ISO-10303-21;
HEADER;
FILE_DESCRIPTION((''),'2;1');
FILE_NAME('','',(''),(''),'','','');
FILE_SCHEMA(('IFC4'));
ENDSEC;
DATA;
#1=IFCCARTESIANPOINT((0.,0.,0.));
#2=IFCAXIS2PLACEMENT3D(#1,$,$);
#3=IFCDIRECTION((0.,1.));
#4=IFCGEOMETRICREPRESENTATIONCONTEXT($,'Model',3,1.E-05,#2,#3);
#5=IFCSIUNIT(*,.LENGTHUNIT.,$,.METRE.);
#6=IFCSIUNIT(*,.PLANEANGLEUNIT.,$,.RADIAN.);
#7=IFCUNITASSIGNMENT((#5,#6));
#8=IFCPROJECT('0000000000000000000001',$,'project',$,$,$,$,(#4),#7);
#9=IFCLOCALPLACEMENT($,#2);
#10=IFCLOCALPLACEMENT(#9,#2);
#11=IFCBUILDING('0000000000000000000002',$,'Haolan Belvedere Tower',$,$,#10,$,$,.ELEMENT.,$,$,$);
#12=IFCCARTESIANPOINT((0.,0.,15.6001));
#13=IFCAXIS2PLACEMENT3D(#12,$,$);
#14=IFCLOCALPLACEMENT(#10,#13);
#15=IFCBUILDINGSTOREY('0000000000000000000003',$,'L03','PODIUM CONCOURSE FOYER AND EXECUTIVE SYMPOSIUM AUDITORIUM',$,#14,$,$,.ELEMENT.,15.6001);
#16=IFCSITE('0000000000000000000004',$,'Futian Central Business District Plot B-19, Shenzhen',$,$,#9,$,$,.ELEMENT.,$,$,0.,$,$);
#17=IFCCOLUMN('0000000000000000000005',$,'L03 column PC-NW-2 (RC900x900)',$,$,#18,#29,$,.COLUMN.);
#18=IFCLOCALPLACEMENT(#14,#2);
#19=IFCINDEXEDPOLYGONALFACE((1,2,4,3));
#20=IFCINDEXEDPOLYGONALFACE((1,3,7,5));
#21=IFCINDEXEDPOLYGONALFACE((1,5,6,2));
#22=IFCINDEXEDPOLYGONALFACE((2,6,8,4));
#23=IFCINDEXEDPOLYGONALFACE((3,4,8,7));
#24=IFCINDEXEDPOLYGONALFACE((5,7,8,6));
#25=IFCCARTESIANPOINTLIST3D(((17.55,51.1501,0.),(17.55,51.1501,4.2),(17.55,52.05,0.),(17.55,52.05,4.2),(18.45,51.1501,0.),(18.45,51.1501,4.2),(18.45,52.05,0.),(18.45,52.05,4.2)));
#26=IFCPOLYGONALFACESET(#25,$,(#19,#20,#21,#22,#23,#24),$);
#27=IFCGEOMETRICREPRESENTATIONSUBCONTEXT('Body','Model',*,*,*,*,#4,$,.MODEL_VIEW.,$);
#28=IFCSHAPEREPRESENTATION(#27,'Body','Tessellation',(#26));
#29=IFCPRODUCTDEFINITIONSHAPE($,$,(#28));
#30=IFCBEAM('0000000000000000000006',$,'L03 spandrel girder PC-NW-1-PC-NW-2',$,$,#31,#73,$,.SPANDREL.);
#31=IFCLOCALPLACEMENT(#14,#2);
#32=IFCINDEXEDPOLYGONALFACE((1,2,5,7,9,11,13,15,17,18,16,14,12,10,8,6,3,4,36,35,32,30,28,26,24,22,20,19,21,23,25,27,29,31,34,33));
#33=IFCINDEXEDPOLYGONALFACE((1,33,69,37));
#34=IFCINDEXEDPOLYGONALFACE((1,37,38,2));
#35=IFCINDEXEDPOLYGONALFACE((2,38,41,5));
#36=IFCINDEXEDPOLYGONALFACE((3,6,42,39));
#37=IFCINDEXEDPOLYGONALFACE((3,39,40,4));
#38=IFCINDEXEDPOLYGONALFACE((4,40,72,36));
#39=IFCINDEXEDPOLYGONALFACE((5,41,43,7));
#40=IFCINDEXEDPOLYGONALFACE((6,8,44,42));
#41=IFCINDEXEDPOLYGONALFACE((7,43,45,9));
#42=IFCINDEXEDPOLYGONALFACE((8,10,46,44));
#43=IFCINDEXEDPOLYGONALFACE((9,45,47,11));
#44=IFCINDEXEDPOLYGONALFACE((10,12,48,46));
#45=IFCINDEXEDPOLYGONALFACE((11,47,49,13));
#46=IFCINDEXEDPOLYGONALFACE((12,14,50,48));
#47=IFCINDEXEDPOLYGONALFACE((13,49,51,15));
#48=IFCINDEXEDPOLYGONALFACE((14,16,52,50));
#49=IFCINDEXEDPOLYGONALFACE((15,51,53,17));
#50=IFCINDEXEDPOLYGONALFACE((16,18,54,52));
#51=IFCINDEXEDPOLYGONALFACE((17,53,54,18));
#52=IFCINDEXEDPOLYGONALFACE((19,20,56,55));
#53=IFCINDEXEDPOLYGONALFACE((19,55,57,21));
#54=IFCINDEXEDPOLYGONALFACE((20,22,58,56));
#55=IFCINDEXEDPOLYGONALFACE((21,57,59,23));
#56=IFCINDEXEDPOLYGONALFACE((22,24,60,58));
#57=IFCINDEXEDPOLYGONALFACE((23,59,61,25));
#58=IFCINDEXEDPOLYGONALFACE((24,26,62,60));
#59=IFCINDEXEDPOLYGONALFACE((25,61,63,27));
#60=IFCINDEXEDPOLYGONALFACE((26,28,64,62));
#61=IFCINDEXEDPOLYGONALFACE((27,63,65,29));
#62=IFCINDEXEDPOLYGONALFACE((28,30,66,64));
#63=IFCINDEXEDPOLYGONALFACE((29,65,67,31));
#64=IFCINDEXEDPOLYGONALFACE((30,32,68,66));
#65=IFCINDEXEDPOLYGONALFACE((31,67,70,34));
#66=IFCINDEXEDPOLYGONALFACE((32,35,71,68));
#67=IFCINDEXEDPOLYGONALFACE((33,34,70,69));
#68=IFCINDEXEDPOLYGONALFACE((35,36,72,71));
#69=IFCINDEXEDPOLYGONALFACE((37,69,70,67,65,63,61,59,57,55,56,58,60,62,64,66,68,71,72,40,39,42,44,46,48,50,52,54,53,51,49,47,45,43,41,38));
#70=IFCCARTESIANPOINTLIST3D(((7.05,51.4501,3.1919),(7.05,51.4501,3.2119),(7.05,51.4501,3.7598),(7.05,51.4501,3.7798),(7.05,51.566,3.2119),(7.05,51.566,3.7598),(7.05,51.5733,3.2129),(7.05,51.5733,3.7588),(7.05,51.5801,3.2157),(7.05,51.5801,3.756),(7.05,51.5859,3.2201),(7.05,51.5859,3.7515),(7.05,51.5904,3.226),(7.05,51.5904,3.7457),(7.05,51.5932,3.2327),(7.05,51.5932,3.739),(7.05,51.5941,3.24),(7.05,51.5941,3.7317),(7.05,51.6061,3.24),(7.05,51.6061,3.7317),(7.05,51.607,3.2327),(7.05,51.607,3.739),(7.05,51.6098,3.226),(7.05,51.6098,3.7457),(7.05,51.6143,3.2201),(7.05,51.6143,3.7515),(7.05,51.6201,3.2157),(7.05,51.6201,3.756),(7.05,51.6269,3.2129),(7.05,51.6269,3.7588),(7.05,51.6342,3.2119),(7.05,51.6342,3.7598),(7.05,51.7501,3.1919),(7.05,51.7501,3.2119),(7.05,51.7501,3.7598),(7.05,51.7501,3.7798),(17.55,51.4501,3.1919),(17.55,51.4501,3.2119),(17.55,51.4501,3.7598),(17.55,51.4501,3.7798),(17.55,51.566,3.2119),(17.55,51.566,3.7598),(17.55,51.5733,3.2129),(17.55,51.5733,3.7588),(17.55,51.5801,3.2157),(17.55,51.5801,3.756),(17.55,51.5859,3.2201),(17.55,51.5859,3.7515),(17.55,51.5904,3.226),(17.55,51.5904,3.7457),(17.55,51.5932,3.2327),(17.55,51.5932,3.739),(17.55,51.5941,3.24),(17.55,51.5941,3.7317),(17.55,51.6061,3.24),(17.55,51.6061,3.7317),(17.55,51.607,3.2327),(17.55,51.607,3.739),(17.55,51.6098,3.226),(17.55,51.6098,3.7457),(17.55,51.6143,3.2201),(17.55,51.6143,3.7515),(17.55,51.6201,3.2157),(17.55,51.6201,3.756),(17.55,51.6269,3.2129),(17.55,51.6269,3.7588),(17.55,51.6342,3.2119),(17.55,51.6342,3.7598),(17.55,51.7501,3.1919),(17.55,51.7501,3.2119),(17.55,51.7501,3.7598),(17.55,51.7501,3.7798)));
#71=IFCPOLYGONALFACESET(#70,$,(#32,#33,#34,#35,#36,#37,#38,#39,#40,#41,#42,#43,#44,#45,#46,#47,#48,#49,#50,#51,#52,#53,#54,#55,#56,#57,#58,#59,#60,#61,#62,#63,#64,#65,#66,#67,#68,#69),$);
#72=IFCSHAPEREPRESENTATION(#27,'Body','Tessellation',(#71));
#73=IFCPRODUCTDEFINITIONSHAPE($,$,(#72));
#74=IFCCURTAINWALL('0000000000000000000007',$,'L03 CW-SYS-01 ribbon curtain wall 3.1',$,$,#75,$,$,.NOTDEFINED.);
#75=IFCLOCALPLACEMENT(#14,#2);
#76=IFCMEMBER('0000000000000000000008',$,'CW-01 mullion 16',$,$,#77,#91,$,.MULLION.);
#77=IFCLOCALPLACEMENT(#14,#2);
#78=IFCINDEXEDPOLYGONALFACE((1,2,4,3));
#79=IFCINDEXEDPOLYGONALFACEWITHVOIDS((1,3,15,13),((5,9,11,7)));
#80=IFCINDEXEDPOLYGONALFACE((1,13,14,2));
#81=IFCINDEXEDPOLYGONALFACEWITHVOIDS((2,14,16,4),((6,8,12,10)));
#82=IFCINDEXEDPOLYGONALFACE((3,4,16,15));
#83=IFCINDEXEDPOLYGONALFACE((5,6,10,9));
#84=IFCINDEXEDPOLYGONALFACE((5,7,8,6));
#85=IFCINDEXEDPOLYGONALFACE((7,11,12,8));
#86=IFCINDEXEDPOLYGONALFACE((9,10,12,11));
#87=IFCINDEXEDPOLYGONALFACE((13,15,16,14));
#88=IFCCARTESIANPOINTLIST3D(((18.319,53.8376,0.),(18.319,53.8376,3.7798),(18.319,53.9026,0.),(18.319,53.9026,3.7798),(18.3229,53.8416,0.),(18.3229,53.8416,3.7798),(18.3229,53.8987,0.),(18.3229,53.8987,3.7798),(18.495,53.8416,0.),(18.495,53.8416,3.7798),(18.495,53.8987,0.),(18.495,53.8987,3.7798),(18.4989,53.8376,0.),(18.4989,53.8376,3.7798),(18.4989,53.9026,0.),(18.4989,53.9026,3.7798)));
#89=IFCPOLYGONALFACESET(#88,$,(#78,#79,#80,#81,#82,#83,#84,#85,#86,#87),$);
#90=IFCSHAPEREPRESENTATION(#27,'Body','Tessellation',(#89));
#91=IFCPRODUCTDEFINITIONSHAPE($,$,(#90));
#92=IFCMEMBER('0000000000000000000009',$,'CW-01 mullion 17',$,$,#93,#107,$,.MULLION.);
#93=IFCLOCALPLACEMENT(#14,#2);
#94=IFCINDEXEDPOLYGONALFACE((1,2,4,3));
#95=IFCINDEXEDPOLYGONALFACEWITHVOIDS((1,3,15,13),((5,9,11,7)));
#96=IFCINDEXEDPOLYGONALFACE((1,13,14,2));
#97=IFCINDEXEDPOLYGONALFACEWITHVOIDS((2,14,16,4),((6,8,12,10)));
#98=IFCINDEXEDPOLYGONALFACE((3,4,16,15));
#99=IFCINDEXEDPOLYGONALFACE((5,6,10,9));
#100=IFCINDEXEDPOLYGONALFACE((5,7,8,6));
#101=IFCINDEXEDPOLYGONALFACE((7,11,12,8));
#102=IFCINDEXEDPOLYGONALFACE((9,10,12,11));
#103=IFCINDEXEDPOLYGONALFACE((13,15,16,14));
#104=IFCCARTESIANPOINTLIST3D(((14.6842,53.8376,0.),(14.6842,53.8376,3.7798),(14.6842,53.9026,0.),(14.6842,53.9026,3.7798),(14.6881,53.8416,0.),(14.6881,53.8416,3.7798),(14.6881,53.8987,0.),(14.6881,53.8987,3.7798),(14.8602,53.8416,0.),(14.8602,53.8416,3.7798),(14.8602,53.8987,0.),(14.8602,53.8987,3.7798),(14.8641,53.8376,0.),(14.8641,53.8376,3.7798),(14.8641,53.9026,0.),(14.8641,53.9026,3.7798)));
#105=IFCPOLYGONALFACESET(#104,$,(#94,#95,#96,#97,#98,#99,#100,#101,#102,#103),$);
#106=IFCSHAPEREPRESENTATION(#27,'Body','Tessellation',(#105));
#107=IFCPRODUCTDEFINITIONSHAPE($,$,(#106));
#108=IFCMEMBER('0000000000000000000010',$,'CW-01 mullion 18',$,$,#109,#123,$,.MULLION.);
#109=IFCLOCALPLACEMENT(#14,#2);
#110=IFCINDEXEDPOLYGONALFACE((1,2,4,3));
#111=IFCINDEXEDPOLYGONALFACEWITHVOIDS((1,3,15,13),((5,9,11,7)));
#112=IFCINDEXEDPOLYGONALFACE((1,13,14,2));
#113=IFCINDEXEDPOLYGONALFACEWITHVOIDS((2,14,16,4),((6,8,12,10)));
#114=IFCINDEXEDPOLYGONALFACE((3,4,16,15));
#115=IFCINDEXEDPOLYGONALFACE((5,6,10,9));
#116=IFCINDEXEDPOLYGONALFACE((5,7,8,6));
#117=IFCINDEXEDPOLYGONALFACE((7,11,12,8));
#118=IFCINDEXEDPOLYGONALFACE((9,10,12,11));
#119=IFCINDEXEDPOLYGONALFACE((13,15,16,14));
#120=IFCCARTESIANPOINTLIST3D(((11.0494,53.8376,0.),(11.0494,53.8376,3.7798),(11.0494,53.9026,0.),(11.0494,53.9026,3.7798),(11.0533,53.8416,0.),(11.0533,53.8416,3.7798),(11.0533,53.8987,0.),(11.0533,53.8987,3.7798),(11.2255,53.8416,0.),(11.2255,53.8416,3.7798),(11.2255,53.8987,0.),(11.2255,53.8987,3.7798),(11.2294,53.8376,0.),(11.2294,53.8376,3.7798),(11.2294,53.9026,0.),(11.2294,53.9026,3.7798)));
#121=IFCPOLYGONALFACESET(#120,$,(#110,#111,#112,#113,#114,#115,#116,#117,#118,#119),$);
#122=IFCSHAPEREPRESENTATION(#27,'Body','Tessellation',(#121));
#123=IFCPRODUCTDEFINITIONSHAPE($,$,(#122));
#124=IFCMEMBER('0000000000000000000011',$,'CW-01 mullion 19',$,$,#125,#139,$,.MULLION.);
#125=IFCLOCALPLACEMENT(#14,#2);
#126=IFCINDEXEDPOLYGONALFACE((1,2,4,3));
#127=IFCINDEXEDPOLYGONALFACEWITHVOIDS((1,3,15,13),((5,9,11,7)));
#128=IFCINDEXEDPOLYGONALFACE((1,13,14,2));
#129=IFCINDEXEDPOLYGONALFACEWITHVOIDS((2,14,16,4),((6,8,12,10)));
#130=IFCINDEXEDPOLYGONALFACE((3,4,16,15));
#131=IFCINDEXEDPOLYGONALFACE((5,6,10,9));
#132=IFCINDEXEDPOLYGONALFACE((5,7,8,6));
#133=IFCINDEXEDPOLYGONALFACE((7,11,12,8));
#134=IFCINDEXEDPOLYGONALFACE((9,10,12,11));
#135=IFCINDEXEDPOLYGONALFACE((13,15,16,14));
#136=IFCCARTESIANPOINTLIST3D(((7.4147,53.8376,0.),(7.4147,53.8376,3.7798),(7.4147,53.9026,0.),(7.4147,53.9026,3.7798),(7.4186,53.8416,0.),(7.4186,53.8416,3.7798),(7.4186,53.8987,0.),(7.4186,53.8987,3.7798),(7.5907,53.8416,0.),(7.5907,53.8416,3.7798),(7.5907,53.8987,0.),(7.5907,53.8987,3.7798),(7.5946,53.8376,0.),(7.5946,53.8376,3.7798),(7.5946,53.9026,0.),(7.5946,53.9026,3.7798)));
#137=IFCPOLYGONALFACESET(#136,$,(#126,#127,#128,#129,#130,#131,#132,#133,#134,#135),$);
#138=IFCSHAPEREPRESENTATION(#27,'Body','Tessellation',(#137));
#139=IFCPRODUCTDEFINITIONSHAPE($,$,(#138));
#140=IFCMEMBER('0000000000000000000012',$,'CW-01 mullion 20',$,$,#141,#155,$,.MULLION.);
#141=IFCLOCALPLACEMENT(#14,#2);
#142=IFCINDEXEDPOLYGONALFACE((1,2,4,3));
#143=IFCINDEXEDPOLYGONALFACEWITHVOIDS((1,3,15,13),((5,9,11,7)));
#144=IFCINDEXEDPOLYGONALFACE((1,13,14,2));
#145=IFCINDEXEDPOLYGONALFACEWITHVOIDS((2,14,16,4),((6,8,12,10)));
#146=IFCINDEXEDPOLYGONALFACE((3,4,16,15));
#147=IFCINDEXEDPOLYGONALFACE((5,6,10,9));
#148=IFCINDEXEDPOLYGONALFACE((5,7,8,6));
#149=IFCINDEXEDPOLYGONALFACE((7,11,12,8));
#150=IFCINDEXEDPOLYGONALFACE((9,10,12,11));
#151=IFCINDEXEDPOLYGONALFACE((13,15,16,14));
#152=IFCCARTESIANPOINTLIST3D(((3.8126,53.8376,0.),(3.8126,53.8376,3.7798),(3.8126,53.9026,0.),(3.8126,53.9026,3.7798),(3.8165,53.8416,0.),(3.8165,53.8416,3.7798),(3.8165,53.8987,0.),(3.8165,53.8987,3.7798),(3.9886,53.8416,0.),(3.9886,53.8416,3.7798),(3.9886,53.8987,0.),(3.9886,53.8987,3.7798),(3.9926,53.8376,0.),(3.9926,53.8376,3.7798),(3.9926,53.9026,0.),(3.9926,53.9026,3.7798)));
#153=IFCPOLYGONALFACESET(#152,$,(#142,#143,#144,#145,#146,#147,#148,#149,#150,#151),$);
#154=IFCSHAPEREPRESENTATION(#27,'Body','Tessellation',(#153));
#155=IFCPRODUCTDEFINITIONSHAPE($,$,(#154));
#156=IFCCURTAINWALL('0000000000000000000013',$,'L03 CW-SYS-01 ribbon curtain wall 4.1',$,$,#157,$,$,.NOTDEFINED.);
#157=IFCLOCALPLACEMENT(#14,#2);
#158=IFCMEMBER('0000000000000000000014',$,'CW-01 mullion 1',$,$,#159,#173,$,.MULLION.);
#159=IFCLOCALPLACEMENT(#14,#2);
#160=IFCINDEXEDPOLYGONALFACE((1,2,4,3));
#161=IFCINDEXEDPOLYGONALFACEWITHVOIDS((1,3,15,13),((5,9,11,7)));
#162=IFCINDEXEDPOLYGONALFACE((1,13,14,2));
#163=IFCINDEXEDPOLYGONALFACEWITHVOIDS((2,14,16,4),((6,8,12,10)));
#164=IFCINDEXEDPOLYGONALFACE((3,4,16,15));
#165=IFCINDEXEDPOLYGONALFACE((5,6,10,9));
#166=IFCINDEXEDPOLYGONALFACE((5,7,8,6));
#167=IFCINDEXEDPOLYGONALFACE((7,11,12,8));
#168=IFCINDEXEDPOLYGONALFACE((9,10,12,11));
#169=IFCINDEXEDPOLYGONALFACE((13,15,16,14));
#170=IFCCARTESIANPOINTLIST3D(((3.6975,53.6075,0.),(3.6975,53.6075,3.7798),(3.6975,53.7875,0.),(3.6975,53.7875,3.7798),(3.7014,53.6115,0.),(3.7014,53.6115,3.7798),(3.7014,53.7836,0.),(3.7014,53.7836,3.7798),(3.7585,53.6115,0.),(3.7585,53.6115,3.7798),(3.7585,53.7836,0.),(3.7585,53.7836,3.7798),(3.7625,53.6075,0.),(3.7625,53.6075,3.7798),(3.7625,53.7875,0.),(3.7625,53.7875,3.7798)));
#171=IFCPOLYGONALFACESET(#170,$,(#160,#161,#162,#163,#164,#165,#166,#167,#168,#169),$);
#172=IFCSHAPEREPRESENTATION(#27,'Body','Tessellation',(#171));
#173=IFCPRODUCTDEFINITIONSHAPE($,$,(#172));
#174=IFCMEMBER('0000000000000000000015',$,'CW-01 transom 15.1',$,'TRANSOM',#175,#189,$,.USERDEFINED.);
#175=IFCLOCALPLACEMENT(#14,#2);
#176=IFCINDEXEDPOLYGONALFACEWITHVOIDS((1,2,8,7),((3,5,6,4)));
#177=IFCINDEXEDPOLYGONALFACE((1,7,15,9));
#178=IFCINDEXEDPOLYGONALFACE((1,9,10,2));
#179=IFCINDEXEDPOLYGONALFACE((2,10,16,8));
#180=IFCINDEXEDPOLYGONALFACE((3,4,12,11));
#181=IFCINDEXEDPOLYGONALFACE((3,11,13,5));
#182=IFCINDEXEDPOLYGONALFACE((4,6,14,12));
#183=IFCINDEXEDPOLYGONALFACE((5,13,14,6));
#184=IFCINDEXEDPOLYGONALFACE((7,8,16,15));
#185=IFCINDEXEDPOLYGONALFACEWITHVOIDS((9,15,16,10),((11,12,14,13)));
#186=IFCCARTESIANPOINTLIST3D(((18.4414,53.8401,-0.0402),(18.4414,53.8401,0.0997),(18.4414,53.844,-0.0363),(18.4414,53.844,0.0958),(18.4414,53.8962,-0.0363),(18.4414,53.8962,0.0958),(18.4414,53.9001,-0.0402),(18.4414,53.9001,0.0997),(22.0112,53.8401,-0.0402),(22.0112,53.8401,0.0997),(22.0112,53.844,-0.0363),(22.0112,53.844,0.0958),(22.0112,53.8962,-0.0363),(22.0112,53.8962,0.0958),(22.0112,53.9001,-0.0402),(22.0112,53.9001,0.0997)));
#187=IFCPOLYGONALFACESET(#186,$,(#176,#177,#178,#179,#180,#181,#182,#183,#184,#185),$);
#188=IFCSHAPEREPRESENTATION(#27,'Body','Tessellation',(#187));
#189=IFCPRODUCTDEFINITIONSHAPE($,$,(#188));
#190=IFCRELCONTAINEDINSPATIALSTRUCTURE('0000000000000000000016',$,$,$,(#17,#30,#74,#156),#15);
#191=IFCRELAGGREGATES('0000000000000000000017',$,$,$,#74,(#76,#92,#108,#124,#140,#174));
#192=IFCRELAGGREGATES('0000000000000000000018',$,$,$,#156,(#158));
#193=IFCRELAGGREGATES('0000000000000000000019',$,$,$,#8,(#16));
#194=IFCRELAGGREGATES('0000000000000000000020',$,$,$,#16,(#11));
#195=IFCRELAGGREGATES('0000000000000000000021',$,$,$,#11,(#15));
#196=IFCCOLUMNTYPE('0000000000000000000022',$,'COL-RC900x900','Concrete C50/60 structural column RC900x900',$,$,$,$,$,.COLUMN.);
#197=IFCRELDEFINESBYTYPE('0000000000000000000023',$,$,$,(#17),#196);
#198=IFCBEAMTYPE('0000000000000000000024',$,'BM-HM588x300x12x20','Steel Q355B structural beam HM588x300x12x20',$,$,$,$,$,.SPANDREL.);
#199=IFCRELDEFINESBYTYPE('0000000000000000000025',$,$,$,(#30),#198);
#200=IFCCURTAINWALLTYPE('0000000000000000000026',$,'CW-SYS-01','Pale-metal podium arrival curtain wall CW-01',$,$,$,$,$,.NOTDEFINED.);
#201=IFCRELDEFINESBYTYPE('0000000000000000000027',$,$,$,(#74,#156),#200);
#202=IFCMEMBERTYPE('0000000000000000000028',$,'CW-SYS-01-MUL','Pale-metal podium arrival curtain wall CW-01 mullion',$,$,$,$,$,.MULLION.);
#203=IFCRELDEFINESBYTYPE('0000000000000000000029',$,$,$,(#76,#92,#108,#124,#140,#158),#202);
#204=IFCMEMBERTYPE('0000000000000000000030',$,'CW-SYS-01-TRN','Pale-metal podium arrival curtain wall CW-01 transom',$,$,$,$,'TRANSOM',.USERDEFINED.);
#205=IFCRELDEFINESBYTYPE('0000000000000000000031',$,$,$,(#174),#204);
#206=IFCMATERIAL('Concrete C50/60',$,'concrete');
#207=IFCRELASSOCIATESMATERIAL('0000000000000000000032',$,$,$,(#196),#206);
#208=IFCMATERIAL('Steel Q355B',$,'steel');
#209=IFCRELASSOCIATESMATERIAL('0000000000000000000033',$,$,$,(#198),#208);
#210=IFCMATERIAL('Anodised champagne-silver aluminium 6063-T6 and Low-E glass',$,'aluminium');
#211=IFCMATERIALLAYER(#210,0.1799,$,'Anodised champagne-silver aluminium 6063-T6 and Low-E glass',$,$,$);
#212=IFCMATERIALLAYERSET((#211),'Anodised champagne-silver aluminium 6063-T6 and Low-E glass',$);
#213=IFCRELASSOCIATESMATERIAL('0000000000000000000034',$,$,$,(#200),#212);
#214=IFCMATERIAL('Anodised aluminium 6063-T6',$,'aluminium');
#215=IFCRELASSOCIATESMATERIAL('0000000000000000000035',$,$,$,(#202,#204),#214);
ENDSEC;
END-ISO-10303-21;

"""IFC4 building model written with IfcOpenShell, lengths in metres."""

from ifc_helpers import new_model, si_unit, direction, frame, origin, origin_2d, place, context, subcontext, project, spatial, rectangle, hollow_rectangle, i_section, extrude, material, layer, layer_set, material_profile, profile_set, type_object, element, aggregate, save


model = new_model("IFC4")

# Units and contexts
model_context = context("Model", 3, precision=1e-05, world=origin(), true_north=direction((0.0, 1.0)))
body_context = subcontext(model_context, "Body", "Model", "MODEL_VIEW")
ifc_project = project(units=[si_unit("LENGTHUNIT", "METRE"), si_unit("PLANEANGLEUNIT", "RADIAN")], contexts=[model_context])

# Site, building, storey
site_placement = place(None, origin())
site = spatial("IfcSite", under=ifc_project, at=site_placement, Name="Futian Central Business District Plot B-19, Shenzhen", CompositionType="ELEMENT", RefElevation=0.0)
building_placement = place(site_placement, origin())
building = spatial("IfcBuilding", under=site, at=building_placement, Name="Haolan Belvedere Tower", CompositionType="ELEMENT")
storey_placement = place(building_placement, frame((0.0, 0.0, 15.6001)))
storey = spatial("IfcBuildingStorey", under=building, at=storey_placement, Name="L03", Description="PODIUM CONCOURSE FOYER AND EXECUTIVE SYMPOSIUM AUDITORIUM", CompositionType="ELEMENT", Elevation=15.6001)

# Column
ifc_material_1 = material(Name="Concrete C50/60", Category="concrete")
ifc_material_profile_1 = material_profile(ifc_material_1, rectangle(XDim=0.8999, YDim=0.8999, at=origin_2d()), Name="Concrete C50/60")
ifc_profile_set_1 = profile_set([ifc_material_profile_1], Name="Concrete C50/60")
column_type = type_object("IfcColumnType", Name="COL-RC900x900", Description="Concrete C50/60 structural column RC900x900", PredefinedType="COLUMN", material=ifc_profile_set_1)
column_placement = place(storey_placement, frame((18.0, 51.6001, 0.0), z_axis=(0.0, 0.0, 1.0), x_axis=(1.0, 0.0, 0.0)))
element("IfcColumn", 1, at=column_placement, inside=storey, type_object=column_type, Name="L03 column PC-NW-2 (RC900x900)", PredefinedType="COLUMN", context=body_context, shape_type="SweptSolid", body=[
    extrude(rectangle(XDim=0.8999, YDim=0.8999, at=origin_2d()), origin(), (0.0, 0.0, 1.0), 4.2),
])

# Beam
ifc_material_2 = material(Name="Steel Q355B", Category="steel")
ifc_material_profile_2 = material_profile(ifc_material_2, i_section(OverallWidth=0.3, OverallDepth=0.5879, WebThickness=0.012, FlangeThickness=0.02, FilletRadius=0.0281, at=origin_2d()), Name="Steel Q355B")
ifc_profile_set_2 = profile_set([ifc_material_profile_2], Name="Steel Q355B")
beam_type = type_object("IfcBeamType", Name="BM-HM588x300x12x20", Description="Steel Q355B structural beam HM588x300x12x20", PredefinedType="SPANDREL", material=ifc_profile_set_2)
beam_placement = place(storey_placement, frame((7.05, 51.6001, 3.4858), z_axis=(1.0, 0.0, 0.0), x_axis=(0.0, 1.0, 0.0)))
element("IfcBeam", 2, at=beam_placement, inside=storey, type_object=beam_type, Name="L03 spandrel girder PC-NW-1-PC-NW-2", PredefinedType="SPANDREL", context=body_context, shape_type="SweptSolid", body=[
    extrude(i_section(OverallWidth=0.3, OverallDepth=0.5879, WebThickness=0.012, FlangeThickness=0.02, FilletRadius=0.0281, at=origin_2d()), origin(), (0.0, 0.0, 1.0), 10.5),
])

# Curtain wall, members
ifc_material_3 = material(Name="Anodised champagne-silver aluminium 6063-T6 and Low-E glass", Category="aluminium")
ifc_layer_1 = layer(ifc_material_3, 0.1799, Name="Anodised champagne-silver aluminium 6063-T6 and Low-E glass")
ifc_layer_set_1 = layer_set([ifc_layer_1], Name="Anodised champagne-silver aluminium 6063-T6 and Low-E glass")
curtain_wall_type = type_object("IfcCurtainWallType", Name="CW-SYS-01", Description="Pale-metal podium arrival curtain wall CW-01", PredefinedType="NOTDEFINED", material=ifc_layer_set_1)
curtain_wall_1_placement = place(storey_placement, origin())
curtain_wall_1 = element("IfcCurtainWall", 3, at=curtain_wall_1_placement, inside=storey, type_object=curtain_wall_type, Name="L03 CW-SYS-01 ribbon curtain wall 3.1", PredefinedType="NOTDEFINED")
ifc_material_4 = material(Name="Anodised aluminium 6063-T6", Category="aluminium")
ifc_material_profile_3 = material_profile(ifc_material_4, hollow_rectangle(XDim=0.0649, YDim=0.1799, WallThickness=0.0039, at=origin_2d()), Name="Anodised aluminium 6063-T6")
ifc_profile_set_3 = profile_set([ifc_material_profile_3], Name="Anodised aluminium 6063-T6")
member_type_1 = type_object("IfcMemberType", Name="CW-SYS-01-MUL", Description="Pale-metal podium arrival curtain wall CW-01 mullion", PredefinedType="MULLION", material=ifc_profile_set_3)
member_1_placement = place(storey_placement, frame((18.4089, 53.8701, 0.0), z_axis=(0.0, 0.0, 1.0), x_axis=(0.0, -1.0, 0.0)))
member_1 = element("IfcMember", 4, at=member_1_placement, type_object=member_type_1, Name="CW-01 mullion 16", PredefinedType="MULLION", context=body_context, shape_type="SweptSolid", body=[
    extrude(hollow_rectangle(XDim=0.0649, YDim=0.1799, WallThickness=0.0039, at=origin_2d()), origin(), (0.0, 0.0, 1.0), 3.7798),
])
member_2_placement = place(storey_placement, frame((14.7742, 53.8701, 0.0), z_axis=(0.0, 0.0, 1.0), x_axis=(0.0, -1.0, 0.0)))
member_2 = element("IfcMember", 5, at=member_2_placement, type_object=member_type_1, Name="CW-01 mullion 17", PredefinedType="MULLION", context=body_context, shape_type="SweptSolid", body=[
    extrude(hollow_rectangle(XDim=0.0649, YDim=0.1799, WallThickness=0.0039, at=origin_2d()), origin(), (0.0, 0.0, 1.0), 3.7798),
])
member_3_placement = place(storey_placement, frame((11.1394, 53.8701, 0.0), z_axis=(0.0, 0.0, 1.0), x_axis=(0.0, -1.0, 0.0)))
member_3 = element("IfcMember", 6, at=member_3_placement, type_object=member_type_1, Name="CW-01 mullion 18", PredefinedType="MULLION", context=body_context, shape_type="SweptSolid", body=[
    extrude(hollow_rectangle(XDim=0.0649, YDim=0.1799, WallThickness=0.0039, at=origin_2d()), origin(), (0.0, 0.0, 1.0), 3.7798),
])
member_4_placement = place(storey_placement, frame((7.5046, 53.8701, 0.0), z_axis=(0.0, 0.0, 1.0), x_axis=(0.0, -1.0, 0.0)))
member_4 = element("IfcMember", 7, at=member_4_placement, type_object=member_type_1, Name="CW-01 mullion 19", PredefinedType="MULLION", context=body_context, shape_type="SweptSolid", body=[
    extrude(hollow_rectangle(XDim=0.0649, YDim=0.1799, WallThickness=0.0039, at=origin_2d()), origin(), (0.0, 0.0, 1.0), 3.7798),
])
member_5_placement = place(storey_placement, frame((3.9026, 53.8701, 0.0), z_axis=(0.0, 0.0, 1.0), x_axis=(0.0, -1.0, 0.0)))
member_5 = element("IfcMember", 8, at=member_5_placement, type_object=member_type_1, Name="CW-01 mullion 20", PredefinedType="MULLION", context=body_context, shape_type="SweptSolid", body=[
    extrude(hollow_rectangle(XDim=0.0649, YDim=0.1799, WallThickness=0.0039, at=origin_2d()), origin(), (0.0, 0.0, 1.0), 3.7798),
])

# Curtain wall, member
curtain_wall_2_placement = place(storey_placement, origin())
curtain_wall_2 = element("IfcCurtainWall", 9, at=curtain_wall_2_placement, inside=storey, type_object=curtain_wall_type, Name="L03 CW-SYS-01 ribbon curtain wall 4.1", PredefinedType="NOTDEFINED")
member_6_placement = place(storey_placement, frame((3.73, 53.6975, 0.0), z_axis=(0.0, 0.0, 1.0), x_axis=(1.0, 0.0, 0.0)))
member_6 = element("IfcMember", 10, at=member_6_placement, type_object=member_type_1, Name="CW-01 mullion 1", PredefinedType="MULLION", context=body_context, shape_type="SweptSolid", body=[
    extrude(hollow_rectangle(XDim=0.0649, YDim=0.1799, WallThickness=0.0039, at=origin_2d()), origin(), (0.0, 0.0, 1.0), 3.7798),
])

# Member
ifc_material_profile_4 = material_profile(ifc_material_4, hollow_rectangle(XDim=0.0601, YDim=0.1399, WallThickness=0.0039, at=origin_2d()), Name="Anodised aluminium 6063-T6")
ifc_profile_set_4 = profile_set([ifc_material_profile_4], Name="Anodised aluminium 6063-T6")
member_type_2 = type_object("IfcMemberType", Name="CW-SYS-01-TRN", Description="Pale-metal podium arrival curtain wall CW-01 transom", ElementType="TRANSOM", PredefinedType="USERDEFINED", material=ifc_profile_set_4)
member_7_placement = place(storey_placement, frame((22.0112, 53.8701, 0.0298), z_axis=(-1.0, 0.0, 0.0), x_axis=(0.0, -1.0, 0.0)))
member_7 = element("IfcMember", 11, at=member_7_placement, type_object=member_type_2, Name="CW-01 transom 15.1", ObjectType="TRANSOM", PredefinedType="USERDEFINED", context=body_context, shape_type="SweptSolid", body=[
    extrude(hollow_rectangle(XDim=0.0601, YDim=0.1399, WallThickness=0.0039, at=origin_2d()), origin(), (0.0, 0.0, 1.0), 3.5698),
])

aggregate(curtain_wall_1, [member_1, member_2, member_3, member_4, member_5, member_7])
aggregate(curtain_wall_2, [member_6])

save(model, "model.ifc")
